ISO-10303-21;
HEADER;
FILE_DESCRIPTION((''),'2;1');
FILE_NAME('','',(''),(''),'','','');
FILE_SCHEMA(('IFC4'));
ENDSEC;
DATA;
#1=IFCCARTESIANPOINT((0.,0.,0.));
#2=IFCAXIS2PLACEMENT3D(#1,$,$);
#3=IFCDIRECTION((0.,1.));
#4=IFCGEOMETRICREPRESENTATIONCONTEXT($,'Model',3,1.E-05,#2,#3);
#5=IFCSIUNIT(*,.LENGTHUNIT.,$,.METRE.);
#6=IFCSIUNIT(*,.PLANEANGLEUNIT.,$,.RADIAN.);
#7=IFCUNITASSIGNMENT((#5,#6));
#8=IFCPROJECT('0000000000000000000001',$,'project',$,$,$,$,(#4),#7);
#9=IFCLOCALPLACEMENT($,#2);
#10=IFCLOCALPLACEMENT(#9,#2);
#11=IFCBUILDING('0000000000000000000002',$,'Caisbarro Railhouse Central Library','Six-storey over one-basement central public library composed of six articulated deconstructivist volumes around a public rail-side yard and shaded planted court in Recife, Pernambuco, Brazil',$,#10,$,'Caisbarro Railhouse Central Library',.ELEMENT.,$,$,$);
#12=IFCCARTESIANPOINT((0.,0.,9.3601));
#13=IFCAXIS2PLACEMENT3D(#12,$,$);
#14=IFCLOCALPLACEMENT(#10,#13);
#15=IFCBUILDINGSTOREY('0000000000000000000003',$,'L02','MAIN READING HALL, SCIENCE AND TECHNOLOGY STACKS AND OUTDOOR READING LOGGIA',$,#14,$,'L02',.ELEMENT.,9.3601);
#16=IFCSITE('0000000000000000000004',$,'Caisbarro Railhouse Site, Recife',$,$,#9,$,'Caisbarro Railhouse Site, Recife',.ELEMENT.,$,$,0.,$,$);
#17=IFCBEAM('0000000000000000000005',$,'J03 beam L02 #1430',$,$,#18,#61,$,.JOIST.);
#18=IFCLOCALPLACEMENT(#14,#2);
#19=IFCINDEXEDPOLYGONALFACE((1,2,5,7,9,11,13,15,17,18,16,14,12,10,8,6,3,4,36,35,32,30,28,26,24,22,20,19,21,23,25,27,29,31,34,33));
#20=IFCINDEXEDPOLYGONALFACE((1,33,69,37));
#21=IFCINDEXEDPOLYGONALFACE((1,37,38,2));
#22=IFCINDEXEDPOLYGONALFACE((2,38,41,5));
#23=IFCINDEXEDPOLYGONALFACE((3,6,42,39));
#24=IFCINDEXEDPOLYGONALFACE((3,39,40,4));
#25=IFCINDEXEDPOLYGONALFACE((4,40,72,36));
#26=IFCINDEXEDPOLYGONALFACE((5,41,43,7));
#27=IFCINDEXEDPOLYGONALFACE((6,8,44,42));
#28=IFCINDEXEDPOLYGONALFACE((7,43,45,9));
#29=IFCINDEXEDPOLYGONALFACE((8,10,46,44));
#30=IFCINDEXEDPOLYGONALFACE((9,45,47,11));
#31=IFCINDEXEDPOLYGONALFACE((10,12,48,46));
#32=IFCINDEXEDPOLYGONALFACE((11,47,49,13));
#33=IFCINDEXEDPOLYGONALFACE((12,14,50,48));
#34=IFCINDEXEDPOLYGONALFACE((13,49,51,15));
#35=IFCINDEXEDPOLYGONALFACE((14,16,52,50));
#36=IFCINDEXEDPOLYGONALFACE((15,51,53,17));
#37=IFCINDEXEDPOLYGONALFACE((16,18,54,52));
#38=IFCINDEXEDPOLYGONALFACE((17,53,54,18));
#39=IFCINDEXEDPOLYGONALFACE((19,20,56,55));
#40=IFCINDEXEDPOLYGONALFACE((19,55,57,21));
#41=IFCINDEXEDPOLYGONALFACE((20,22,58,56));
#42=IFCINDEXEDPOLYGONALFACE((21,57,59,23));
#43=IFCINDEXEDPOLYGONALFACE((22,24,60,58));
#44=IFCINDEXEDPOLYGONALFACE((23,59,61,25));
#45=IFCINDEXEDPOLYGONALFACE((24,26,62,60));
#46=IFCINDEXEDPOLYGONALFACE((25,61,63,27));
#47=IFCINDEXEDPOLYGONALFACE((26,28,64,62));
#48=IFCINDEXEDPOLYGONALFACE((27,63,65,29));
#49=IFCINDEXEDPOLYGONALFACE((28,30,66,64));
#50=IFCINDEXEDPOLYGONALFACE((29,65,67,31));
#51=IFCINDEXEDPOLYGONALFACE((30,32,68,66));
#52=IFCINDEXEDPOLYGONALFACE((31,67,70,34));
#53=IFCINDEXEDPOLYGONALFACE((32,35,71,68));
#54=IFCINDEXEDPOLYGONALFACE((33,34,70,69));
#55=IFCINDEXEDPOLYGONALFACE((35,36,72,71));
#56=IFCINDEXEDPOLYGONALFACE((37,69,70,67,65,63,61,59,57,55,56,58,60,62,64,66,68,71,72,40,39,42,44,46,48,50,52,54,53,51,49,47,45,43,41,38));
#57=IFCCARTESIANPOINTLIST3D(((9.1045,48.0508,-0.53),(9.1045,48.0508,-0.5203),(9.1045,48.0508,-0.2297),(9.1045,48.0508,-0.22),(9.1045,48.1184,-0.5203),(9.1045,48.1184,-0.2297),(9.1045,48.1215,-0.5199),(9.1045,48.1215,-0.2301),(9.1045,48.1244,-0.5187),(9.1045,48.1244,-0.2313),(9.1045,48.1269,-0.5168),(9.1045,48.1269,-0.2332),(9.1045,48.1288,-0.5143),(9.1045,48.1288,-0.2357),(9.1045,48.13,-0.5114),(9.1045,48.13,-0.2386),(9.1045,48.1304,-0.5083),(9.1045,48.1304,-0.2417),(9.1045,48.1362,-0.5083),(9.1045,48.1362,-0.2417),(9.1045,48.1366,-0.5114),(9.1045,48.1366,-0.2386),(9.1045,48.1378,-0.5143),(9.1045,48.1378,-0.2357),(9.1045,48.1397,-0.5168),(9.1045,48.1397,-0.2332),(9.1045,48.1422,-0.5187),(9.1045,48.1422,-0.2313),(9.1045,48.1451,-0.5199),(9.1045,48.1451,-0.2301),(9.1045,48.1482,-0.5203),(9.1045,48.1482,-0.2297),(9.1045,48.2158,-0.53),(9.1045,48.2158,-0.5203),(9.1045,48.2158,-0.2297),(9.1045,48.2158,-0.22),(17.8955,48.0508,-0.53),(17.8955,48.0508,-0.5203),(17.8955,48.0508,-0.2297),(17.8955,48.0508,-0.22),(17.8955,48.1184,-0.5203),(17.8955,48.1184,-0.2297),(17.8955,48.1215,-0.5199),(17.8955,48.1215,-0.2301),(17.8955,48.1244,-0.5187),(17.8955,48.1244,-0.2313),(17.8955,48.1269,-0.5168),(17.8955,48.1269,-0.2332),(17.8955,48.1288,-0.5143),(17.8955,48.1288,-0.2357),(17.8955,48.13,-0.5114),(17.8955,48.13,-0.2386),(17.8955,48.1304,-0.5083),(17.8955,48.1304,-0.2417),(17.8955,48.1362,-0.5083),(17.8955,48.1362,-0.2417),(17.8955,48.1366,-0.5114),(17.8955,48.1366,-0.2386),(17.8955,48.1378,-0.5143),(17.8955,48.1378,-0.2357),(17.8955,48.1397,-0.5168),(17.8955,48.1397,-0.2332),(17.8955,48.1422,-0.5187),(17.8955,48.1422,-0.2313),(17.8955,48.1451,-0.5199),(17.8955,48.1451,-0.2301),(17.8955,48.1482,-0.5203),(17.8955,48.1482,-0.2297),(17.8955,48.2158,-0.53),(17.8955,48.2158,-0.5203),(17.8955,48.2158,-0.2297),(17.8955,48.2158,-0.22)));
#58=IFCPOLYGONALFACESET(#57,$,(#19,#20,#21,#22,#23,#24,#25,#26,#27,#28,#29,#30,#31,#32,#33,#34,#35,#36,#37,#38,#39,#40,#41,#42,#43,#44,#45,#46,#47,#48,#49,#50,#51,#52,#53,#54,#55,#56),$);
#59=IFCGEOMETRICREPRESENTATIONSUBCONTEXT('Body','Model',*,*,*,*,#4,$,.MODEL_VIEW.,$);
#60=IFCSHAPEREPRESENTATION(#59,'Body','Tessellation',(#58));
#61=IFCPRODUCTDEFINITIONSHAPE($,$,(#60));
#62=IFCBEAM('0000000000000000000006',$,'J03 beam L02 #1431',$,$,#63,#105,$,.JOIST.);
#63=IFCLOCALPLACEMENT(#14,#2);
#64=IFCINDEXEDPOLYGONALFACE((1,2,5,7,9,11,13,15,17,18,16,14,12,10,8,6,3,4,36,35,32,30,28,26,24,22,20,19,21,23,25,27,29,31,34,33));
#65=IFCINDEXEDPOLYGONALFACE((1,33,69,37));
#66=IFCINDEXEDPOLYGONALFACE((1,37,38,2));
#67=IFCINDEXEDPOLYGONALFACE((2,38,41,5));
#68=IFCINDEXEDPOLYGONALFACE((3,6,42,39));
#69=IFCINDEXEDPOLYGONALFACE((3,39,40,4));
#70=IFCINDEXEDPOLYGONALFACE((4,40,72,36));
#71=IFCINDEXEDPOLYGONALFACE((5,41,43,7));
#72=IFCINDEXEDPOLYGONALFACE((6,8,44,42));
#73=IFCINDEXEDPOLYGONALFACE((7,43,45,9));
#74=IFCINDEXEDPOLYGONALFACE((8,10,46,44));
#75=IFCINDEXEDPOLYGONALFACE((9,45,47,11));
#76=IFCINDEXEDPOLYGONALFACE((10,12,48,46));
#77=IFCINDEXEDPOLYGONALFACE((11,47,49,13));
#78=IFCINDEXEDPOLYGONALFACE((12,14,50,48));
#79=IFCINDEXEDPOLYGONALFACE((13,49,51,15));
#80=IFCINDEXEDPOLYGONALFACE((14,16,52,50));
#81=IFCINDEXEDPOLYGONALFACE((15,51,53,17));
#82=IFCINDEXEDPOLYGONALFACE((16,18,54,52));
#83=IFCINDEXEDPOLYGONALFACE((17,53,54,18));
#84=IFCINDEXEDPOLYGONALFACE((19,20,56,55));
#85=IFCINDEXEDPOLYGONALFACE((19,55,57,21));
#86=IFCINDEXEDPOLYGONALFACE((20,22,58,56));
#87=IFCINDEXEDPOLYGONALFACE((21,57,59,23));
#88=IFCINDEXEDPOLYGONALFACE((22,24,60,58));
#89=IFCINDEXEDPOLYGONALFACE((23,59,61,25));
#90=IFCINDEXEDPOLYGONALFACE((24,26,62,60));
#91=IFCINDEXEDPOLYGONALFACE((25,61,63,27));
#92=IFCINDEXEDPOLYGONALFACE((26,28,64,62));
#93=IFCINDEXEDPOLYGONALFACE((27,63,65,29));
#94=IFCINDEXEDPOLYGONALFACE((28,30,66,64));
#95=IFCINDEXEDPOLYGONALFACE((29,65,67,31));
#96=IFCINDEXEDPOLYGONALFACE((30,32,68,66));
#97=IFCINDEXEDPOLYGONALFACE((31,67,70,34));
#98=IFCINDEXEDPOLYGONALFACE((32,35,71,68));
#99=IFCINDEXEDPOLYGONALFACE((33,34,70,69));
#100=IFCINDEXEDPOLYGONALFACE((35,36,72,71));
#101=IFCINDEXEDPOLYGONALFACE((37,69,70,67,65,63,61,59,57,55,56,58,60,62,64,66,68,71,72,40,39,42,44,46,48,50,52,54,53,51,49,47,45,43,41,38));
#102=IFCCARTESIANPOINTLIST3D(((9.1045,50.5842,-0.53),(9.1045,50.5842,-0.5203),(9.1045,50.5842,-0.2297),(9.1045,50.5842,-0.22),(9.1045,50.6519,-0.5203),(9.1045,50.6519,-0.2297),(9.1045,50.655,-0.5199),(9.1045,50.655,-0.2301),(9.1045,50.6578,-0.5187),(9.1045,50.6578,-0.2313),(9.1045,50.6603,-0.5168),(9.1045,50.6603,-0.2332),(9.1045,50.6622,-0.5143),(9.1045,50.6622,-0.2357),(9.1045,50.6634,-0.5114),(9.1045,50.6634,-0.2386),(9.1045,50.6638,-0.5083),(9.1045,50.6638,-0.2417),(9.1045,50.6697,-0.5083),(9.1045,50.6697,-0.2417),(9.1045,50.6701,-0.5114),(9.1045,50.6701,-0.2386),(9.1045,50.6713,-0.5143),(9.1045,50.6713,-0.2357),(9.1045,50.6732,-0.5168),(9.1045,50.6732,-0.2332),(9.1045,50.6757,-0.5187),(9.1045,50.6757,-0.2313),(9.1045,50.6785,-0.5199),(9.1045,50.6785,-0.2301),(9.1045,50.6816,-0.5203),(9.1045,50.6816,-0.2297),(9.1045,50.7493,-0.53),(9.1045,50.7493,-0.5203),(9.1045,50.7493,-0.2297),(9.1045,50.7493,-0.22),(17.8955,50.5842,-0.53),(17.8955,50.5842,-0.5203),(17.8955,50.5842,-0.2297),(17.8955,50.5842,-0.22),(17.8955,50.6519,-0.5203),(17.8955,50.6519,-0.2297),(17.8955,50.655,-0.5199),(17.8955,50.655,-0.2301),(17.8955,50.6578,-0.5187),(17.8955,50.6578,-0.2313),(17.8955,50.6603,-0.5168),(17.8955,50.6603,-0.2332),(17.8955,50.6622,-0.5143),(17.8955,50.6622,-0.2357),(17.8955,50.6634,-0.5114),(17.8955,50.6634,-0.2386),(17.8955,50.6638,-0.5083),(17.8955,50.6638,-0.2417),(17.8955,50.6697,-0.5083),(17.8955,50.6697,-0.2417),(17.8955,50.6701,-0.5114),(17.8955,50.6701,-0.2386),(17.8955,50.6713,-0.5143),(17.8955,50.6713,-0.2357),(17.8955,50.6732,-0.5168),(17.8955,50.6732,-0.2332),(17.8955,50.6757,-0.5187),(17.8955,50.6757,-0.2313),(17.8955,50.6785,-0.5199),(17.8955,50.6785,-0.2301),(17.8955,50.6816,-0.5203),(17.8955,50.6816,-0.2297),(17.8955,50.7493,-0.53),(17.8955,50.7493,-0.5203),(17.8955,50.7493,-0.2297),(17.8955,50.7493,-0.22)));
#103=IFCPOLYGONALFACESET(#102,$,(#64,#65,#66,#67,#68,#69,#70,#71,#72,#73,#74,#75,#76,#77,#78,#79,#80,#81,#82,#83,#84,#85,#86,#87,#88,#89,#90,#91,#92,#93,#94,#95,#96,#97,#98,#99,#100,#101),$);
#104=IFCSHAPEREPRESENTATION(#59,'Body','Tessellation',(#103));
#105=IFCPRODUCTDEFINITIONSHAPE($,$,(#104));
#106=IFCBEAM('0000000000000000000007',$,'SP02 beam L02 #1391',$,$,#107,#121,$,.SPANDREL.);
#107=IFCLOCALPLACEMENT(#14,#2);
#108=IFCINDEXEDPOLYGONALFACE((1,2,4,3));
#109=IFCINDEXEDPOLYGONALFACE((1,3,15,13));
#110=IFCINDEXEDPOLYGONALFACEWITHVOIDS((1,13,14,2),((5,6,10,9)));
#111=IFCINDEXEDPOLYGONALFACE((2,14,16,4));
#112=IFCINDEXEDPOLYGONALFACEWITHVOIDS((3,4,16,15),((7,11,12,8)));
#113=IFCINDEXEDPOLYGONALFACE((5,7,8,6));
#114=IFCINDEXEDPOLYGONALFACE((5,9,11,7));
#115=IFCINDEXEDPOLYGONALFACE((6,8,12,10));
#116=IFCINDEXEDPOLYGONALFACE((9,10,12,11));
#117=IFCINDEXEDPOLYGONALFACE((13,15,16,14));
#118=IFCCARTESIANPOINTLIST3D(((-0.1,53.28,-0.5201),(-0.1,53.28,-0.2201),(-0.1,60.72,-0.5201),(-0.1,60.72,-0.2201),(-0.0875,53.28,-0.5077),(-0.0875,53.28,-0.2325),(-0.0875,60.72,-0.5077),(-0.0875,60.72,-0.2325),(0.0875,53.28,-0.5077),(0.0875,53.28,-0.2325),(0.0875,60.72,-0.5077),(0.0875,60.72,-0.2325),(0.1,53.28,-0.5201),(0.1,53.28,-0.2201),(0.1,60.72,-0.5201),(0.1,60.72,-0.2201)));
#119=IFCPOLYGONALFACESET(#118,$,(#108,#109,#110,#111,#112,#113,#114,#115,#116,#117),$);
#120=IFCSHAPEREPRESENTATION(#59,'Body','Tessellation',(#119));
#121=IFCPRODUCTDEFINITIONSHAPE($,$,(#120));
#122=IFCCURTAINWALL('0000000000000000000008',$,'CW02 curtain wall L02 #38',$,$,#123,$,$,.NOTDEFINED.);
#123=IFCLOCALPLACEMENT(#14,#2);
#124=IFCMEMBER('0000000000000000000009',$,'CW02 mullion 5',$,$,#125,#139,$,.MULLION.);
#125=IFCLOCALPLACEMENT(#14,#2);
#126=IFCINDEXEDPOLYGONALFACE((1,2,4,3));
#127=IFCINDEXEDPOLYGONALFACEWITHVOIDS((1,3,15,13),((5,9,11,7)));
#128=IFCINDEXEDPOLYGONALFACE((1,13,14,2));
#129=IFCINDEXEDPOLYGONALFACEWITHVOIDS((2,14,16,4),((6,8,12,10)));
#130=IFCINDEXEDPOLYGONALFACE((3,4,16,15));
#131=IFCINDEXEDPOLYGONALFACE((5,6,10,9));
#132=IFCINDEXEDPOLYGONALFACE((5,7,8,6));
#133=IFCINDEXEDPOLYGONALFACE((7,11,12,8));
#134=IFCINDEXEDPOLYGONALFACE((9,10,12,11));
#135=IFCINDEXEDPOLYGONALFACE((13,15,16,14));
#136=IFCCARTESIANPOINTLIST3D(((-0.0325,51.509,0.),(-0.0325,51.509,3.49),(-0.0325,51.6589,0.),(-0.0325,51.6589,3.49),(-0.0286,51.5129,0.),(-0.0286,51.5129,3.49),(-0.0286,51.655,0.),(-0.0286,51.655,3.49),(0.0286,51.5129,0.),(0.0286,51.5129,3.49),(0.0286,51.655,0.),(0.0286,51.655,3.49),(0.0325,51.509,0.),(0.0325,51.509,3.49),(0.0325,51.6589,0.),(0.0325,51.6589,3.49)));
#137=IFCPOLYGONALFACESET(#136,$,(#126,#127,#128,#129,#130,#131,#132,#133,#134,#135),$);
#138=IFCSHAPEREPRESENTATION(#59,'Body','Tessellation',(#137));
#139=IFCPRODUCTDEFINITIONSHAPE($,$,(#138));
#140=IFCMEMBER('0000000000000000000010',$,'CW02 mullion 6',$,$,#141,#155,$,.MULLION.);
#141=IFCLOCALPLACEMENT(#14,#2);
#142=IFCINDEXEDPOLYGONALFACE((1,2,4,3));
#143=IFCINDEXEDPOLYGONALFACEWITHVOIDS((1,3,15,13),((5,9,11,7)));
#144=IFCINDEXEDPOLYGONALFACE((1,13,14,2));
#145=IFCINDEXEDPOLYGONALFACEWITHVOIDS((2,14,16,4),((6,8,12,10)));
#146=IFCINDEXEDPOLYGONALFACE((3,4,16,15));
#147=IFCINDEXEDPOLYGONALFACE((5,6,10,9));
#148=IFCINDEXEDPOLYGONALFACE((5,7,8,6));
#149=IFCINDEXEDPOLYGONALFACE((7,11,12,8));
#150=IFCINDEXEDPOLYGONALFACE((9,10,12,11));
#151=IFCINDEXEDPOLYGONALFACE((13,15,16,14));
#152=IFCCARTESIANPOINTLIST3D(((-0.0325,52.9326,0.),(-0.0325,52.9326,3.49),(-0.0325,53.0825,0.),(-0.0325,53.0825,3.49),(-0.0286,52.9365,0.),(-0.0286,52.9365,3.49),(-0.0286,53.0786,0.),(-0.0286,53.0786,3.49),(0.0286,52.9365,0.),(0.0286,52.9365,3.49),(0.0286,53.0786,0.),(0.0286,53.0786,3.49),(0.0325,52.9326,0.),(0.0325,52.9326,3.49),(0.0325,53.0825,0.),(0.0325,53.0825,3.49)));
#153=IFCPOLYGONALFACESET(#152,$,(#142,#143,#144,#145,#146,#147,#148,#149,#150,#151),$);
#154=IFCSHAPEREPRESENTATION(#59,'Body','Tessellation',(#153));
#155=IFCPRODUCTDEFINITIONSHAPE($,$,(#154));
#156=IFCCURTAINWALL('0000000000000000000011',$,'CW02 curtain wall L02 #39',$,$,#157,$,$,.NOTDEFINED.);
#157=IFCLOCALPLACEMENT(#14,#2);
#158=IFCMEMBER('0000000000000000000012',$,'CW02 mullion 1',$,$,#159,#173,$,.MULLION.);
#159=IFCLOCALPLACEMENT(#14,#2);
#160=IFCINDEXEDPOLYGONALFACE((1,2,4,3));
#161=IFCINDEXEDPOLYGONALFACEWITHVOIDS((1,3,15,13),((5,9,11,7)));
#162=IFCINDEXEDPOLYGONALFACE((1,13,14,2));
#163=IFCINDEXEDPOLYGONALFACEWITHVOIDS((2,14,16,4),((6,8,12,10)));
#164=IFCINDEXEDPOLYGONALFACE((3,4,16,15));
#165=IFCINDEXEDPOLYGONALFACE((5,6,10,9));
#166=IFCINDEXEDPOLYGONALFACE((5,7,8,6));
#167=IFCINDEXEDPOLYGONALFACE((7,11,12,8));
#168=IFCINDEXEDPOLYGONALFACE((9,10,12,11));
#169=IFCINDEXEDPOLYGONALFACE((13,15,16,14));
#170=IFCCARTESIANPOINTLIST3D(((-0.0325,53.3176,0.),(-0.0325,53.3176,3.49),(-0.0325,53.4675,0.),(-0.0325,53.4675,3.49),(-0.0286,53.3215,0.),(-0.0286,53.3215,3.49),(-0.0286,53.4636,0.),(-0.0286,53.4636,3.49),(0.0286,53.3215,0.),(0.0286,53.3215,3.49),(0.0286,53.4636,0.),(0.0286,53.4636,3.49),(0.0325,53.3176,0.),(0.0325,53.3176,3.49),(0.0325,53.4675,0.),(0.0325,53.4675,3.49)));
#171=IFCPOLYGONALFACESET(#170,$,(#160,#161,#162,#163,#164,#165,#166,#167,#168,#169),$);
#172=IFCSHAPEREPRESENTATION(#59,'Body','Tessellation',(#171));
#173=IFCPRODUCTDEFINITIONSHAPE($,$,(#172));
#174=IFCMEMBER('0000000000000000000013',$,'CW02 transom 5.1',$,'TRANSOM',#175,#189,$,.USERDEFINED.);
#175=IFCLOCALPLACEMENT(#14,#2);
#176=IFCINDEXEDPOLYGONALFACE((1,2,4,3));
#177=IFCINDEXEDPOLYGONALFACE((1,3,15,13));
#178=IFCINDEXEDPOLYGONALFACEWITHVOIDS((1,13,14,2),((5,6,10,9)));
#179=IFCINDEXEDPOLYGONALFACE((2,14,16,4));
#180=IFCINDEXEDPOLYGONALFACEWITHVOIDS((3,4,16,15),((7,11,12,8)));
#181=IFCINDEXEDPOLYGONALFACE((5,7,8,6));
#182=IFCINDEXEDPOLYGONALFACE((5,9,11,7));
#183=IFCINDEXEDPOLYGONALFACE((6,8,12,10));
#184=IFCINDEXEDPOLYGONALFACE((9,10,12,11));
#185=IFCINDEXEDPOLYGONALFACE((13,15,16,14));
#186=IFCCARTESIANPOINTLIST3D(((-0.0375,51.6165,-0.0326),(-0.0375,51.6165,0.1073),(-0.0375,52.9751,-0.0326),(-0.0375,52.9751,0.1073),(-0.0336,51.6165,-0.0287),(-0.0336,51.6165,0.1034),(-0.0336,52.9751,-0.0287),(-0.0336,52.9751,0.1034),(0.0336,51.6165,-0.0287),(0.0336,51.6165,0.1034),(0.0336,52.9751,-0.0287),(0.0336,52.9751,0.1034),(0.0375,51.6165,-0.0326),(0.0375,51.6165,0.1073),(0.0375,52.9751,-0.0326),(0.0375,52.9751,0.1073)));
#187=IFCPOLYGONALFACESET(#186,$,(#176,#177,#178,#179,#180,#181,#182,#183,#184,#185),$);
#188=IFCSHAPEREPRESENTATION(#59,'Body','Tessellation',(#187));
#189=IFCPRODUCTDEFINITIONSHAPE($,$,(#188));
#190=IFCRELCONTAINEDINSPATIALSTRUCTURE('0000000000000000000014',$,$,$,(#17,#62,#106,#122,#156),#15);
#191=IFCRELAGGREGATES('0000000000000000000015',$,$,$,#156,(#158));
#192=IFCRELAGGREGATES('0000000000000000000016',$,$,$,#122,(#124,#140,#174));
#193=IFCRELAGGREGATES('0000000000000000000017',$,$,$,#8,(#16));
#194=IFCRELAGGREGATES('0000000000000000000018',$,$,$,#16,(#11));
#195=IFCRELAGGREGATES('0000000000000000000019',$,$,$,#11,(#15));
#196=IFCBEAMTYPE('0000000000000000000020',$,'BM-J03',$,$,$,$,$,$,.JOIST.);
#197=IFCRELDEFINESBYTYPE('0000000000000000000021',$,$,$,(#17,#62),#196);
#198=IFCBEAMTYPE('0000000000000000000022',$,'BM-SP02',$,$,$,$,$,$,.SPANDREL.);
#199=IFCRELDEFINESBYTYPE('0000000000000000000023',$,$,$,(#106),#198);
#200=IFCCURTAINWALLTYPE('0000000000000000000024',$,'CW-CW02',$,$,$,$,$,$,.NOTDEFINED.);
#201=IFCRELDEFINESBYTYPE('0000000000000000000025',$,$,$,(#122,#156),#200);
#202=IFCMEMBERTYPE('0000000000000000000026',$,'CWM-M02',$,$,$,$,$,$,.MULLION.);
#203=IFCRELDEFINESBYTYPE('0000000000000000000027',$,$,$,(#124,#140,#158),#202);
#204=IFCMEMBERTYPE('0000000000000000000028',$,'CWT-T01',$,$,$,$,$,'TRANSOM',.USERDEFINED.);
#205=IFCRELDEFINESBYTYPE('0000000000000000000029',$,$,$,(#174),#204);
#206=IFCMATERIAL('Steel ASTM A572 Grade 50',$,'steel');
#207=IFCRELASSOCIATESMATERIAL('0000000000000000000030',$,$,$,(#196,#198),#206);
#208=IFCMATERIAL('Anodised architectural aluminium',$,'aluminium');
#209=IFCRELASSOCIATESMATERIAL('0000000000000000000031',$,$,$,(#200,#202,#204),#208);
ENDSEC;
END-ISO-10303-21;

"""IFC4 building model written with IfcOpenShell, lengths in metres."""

from ifc_helpers import new_model, si_unit, direction, frame, origin, origin_2d, place, context, subcontext, project, spatial, hollow_rectangle, i_section, extrude, material, material_profile, profile_set, type_object, element, aggregate, save


model = new_model("IFC4")

# Units and contexts
model_context = context("Model", 3, precision=1e-05, world=origin(), true_north=direction((0.0, 1.0)))
body_context = subcontext(model_context, "Body", "Model", "MODEL_VIEW")
ifc_project = project(units=[si_unit("LENGTHUNIT", "METRE"), si_unit("PLANEANGLEUNIT", "RADIAN")], contexts=[model_context])

# Site, building, storey
site_placement = place(None, origin())
site = spatial("IfcSite", under=ifc_project, at=site_placement, Name="Caisbarro Railhouse Site, Recife", LongName="Caisbarro Railhouse Site, Recife", CompositionType="ELEMENT", RefElevation=0.0)
building_placement = place(site_placement, origin())
building = spatial("IfcBuilding", under=site, at=building_placement, Name="Caisbarro Railhouse Central Library", Description="Six-storey over one-basement central public library composed of six articulated deconstructivist volumes around a public rail-side yard and shaded planted court in Recife, Pernambuco, Brazil", LongName="Caisbarro Railhouse Central Library", CompositionType="ELEMENT")
storey_placement = place(building_placement, frame((0.0, 0.0, 9.3601)))
storey = spatial("IfcBuildingStorey", under=building, at=storey_placement, Name="L02", Description="MAIN READING HALL, SCIENCE AND TECHNOLOGY STACKS AND OUTDOOR READING LOGGIA", LongName="L02", CompositionType="ELEMENT", Elevation=9.3601)

# Shared definitions
ifc_material_1 = material(Name="Steel ASTM A572 Grade 50", Category="steel")

# Beams
ifc_material_profile_1 = material_profile(ifc_material_1, i_section(OverallWidth=0.165, OverallDepth=0.3101, WebThickness=0.0059, FlangeThickness=0.0098, FilletRadius=0.012, at=origin_2d()), Name="W310X38.7")
ifc_profile_set_1 = profile_set([ifc_material_profile_1], Name="Steel ASTM A572 Grade 50")
beam_type_1 = type_object("IfcBeamType", Name="BM-J03", PredefinedType="JOIST", material=ifc_profile_set_1)
for number, where, z_axis, x_axis, name in (
    (1, (9.1045, 48.1333, -0.375), (1.0, 0.0, 0.0), (0.0, 1.0, 0.0), "J03 beam L02 #1430"),
    (2, (9.1045, 50.6667, -0.375), (1.0, 0.0, 0.0), (0.0, 1.0, 0.0), "J03 beam L02 #1431"),
):
    element("IfcBeam", number, at=place(storey_placement, frame(where, z_axis=z_axis, x_axis=x_axis)), inside=storey, type_object=beam_type_1, Name=name, PredefinedType="JOIST", context=body_context, shape_type="SweptSolid", body=[
        extrude(i_section(OverallWidth=0.165, OverallDepth=0.3101, WebThickness=0.0059, FlangeThickness=0.0098, FilletRadius=0.012, at=origin_2d()), origin(), (0.0, 0.0, 1.0), 8.791),
    ])
ifc_material_profile_2 = material_profile(ifc_material_1, hollow_rectangle(XDim=0.2, YDim=0.3, WallThickness=0.0125, at=origin_2d()), Name="HSS300X200X12.5")
ifc_profile_set_2 = profile_set([ifc_material_profile_2], Name="Steel ASTM A572 Grade 50")
beam_type_2 = type_object("IfcBeamType", Name="BM-SP02", PredefinedType="SPANDREL", material=ifc_profile_set_2)
beam_placement = place(storey_placement, frame((0.0, 53.28, -0.3701), z_axis=(0.0, 1.0, 0.0), x_axis=(-1.0, 0.0, 0.0)))
element("IfcBeam", 3, at=beam_placement, inside=storey, type_object=beam_type_2, Name="SP02 beam L02 #1391", PredefinedType="SPANDREL", context=body_context, shape_type="SweptSolid", body=[
    extrude(hollow_rectangle(XDim=0.2, YDim=0.3, WallThickness=0.0125, at=origin_2d()), origin(), (0.0, 0.0, 1.0), 7.4399),
])

# Curtain wall, members
ifc_material_2 = material(Name="Anodised architectural aluminium", Category="aluminium")
curtain_wall_type = type_object("IfcCurtainWallType", Name="CW-CW02", PredefinedType="NOTDEFINED", material=ifc_material_2)
curtain_wall_1_placement = place(storey_placement, origin())
curtain_wall_1 = element("IfcCurtainWall", 4, at=curtain_wall_1_placement, inside=storey, type_object=curtain_wall_type, Name="CW02 curtain wall L02 #38", PredefinedType="NOTDEFINED")
ifc_material_profile_3 = material_profile(ifc_material_2, hollow_rectangle(XDim=0.0649, YDim=0.1499, WallThickness=0.0039, at=origin_2d()), Name="ALU-MUL-65X150")
ifc_profile_set_3 = profile_set([ifc_material_profile_3], Name="Anodised architectural aluminium")
member_type_1 = type_object("IfcMemberType", Name="CWM-M02", PredefinedType="MULLION", material=ifc_profile_set_3)
member_1_placement = place(storey_placement, frame((0.0, 51.584, 0.0), z_axis=(0.0, 0.0, 1.0), x_axis=(-1.0, 0.0, 0.0)))
member_1 = element("IfcMember", 5, at=member_1_placement, type_object=member_type_1, Name="CW02 mullion 5", PredefinedType="MULLION", context=body_context, shape_type="SweptSolid", body=[
    extrude(hollow_rectangle(XDim=0.0649, YDim=0.1499, WallThickness=0.0039, at=origin_2d()), origin(), (0.0, 0.0, 1.0), 3.49),
])
member_2_placement = place(storey_placement, frame((0.0, 53.0076, 0.0), z_axis=(0.0, 0.0, 1.0), x_axis=(-1.0, 0.0, 0.0)))
member_2 = element("IfcMember", 6, at=member_2_placement, type_object=member_type_1, Name="CW02 mullion 6", PredefinedType="MULLION", context=body_context, shape_type="SweptSolid", body=[
    extrude(hollow_rectangle(XDim=0.0649, YDim=0.1499, WallThickness=0.0039, at=origin_2d()), origin(), (0.0, 0.0, 1.0), 3.49),
])

# Curtain wall, member
curtain_wall_2_placement = place(storey_placement, origin())
curtain_wall_2 = element("IfcCurtainWall", 7, at=curtain_wall_2_placement, inside=storey, type_object=curtain_wall_type, Name="CW02 curtain wall L02 #39", PredefinedType="NOTDEFINED")
member_3_placement = place(storey_placement, frame((0.0, 53.3926, 0.0), z_axis=(0.0, 0.0, 1.0), x_axis=(-1.0, 0.0, 0.0)))
member_3 = element("IfcMember", 8, at=member_3_placement, type_object=member_type_1, Name="CW02 mullion 1", PredefinedType="MULLION", context=body_context, shape_type="SweptSolid", body=[
    extrude(hollow_rectangle(XDim=0.0649, YDim=0.1499, WallThickness=0.0039, at=origin_2d()), origin(), (0.0, 0.0, 1.0), 3.49),
])

# Member
ifc_material_profile_4 = material_profile(ifc_material_2, hollow_rectangle(XDim=0.075, YDim=0.1399, WallThickness=0.0039, at=origin_2d()), Name="ALU-TRN-75X140")
ifc_profile_set_4 = profile_set([ifc_material_profile_4], Name="Anodised architectural aluminium")
member_type_2 = type_object("IfcMemberType", Name="CWT-T01", ElementType="TRANSOM", PredefinedType="USERDEFINED", material=ifc_profile_set_4)
member_4_placement = place(storey_placement, frame((0.0, 51.6165, 0.0374), z_axis=(0.0, 1.0, 0.0), x_axis=(-1.0, 0.0, 0.0)))
member_4 = element("IfcMember", 9, at=member_4_placement, type_object=member_type_2, Name="CW02 transom 5.1", ObjectType="TRANSOM", PredefinedType="USERDEFINED", context=body_context, shape_type="SweptSolid", body=[
    extrude(hollow_rectangle(XDim=0.075, YDim=0.1399, WallThickness=0.0039, at=origin_2d()), origin(), (0.0, 0.0, 1.0), 1.3586),
])
aggregate(curtain_wall_2, [member_3])

aggregate(curtain_wall_1, [member_1, member_2, member_4])

save(model, "model.ifc")
